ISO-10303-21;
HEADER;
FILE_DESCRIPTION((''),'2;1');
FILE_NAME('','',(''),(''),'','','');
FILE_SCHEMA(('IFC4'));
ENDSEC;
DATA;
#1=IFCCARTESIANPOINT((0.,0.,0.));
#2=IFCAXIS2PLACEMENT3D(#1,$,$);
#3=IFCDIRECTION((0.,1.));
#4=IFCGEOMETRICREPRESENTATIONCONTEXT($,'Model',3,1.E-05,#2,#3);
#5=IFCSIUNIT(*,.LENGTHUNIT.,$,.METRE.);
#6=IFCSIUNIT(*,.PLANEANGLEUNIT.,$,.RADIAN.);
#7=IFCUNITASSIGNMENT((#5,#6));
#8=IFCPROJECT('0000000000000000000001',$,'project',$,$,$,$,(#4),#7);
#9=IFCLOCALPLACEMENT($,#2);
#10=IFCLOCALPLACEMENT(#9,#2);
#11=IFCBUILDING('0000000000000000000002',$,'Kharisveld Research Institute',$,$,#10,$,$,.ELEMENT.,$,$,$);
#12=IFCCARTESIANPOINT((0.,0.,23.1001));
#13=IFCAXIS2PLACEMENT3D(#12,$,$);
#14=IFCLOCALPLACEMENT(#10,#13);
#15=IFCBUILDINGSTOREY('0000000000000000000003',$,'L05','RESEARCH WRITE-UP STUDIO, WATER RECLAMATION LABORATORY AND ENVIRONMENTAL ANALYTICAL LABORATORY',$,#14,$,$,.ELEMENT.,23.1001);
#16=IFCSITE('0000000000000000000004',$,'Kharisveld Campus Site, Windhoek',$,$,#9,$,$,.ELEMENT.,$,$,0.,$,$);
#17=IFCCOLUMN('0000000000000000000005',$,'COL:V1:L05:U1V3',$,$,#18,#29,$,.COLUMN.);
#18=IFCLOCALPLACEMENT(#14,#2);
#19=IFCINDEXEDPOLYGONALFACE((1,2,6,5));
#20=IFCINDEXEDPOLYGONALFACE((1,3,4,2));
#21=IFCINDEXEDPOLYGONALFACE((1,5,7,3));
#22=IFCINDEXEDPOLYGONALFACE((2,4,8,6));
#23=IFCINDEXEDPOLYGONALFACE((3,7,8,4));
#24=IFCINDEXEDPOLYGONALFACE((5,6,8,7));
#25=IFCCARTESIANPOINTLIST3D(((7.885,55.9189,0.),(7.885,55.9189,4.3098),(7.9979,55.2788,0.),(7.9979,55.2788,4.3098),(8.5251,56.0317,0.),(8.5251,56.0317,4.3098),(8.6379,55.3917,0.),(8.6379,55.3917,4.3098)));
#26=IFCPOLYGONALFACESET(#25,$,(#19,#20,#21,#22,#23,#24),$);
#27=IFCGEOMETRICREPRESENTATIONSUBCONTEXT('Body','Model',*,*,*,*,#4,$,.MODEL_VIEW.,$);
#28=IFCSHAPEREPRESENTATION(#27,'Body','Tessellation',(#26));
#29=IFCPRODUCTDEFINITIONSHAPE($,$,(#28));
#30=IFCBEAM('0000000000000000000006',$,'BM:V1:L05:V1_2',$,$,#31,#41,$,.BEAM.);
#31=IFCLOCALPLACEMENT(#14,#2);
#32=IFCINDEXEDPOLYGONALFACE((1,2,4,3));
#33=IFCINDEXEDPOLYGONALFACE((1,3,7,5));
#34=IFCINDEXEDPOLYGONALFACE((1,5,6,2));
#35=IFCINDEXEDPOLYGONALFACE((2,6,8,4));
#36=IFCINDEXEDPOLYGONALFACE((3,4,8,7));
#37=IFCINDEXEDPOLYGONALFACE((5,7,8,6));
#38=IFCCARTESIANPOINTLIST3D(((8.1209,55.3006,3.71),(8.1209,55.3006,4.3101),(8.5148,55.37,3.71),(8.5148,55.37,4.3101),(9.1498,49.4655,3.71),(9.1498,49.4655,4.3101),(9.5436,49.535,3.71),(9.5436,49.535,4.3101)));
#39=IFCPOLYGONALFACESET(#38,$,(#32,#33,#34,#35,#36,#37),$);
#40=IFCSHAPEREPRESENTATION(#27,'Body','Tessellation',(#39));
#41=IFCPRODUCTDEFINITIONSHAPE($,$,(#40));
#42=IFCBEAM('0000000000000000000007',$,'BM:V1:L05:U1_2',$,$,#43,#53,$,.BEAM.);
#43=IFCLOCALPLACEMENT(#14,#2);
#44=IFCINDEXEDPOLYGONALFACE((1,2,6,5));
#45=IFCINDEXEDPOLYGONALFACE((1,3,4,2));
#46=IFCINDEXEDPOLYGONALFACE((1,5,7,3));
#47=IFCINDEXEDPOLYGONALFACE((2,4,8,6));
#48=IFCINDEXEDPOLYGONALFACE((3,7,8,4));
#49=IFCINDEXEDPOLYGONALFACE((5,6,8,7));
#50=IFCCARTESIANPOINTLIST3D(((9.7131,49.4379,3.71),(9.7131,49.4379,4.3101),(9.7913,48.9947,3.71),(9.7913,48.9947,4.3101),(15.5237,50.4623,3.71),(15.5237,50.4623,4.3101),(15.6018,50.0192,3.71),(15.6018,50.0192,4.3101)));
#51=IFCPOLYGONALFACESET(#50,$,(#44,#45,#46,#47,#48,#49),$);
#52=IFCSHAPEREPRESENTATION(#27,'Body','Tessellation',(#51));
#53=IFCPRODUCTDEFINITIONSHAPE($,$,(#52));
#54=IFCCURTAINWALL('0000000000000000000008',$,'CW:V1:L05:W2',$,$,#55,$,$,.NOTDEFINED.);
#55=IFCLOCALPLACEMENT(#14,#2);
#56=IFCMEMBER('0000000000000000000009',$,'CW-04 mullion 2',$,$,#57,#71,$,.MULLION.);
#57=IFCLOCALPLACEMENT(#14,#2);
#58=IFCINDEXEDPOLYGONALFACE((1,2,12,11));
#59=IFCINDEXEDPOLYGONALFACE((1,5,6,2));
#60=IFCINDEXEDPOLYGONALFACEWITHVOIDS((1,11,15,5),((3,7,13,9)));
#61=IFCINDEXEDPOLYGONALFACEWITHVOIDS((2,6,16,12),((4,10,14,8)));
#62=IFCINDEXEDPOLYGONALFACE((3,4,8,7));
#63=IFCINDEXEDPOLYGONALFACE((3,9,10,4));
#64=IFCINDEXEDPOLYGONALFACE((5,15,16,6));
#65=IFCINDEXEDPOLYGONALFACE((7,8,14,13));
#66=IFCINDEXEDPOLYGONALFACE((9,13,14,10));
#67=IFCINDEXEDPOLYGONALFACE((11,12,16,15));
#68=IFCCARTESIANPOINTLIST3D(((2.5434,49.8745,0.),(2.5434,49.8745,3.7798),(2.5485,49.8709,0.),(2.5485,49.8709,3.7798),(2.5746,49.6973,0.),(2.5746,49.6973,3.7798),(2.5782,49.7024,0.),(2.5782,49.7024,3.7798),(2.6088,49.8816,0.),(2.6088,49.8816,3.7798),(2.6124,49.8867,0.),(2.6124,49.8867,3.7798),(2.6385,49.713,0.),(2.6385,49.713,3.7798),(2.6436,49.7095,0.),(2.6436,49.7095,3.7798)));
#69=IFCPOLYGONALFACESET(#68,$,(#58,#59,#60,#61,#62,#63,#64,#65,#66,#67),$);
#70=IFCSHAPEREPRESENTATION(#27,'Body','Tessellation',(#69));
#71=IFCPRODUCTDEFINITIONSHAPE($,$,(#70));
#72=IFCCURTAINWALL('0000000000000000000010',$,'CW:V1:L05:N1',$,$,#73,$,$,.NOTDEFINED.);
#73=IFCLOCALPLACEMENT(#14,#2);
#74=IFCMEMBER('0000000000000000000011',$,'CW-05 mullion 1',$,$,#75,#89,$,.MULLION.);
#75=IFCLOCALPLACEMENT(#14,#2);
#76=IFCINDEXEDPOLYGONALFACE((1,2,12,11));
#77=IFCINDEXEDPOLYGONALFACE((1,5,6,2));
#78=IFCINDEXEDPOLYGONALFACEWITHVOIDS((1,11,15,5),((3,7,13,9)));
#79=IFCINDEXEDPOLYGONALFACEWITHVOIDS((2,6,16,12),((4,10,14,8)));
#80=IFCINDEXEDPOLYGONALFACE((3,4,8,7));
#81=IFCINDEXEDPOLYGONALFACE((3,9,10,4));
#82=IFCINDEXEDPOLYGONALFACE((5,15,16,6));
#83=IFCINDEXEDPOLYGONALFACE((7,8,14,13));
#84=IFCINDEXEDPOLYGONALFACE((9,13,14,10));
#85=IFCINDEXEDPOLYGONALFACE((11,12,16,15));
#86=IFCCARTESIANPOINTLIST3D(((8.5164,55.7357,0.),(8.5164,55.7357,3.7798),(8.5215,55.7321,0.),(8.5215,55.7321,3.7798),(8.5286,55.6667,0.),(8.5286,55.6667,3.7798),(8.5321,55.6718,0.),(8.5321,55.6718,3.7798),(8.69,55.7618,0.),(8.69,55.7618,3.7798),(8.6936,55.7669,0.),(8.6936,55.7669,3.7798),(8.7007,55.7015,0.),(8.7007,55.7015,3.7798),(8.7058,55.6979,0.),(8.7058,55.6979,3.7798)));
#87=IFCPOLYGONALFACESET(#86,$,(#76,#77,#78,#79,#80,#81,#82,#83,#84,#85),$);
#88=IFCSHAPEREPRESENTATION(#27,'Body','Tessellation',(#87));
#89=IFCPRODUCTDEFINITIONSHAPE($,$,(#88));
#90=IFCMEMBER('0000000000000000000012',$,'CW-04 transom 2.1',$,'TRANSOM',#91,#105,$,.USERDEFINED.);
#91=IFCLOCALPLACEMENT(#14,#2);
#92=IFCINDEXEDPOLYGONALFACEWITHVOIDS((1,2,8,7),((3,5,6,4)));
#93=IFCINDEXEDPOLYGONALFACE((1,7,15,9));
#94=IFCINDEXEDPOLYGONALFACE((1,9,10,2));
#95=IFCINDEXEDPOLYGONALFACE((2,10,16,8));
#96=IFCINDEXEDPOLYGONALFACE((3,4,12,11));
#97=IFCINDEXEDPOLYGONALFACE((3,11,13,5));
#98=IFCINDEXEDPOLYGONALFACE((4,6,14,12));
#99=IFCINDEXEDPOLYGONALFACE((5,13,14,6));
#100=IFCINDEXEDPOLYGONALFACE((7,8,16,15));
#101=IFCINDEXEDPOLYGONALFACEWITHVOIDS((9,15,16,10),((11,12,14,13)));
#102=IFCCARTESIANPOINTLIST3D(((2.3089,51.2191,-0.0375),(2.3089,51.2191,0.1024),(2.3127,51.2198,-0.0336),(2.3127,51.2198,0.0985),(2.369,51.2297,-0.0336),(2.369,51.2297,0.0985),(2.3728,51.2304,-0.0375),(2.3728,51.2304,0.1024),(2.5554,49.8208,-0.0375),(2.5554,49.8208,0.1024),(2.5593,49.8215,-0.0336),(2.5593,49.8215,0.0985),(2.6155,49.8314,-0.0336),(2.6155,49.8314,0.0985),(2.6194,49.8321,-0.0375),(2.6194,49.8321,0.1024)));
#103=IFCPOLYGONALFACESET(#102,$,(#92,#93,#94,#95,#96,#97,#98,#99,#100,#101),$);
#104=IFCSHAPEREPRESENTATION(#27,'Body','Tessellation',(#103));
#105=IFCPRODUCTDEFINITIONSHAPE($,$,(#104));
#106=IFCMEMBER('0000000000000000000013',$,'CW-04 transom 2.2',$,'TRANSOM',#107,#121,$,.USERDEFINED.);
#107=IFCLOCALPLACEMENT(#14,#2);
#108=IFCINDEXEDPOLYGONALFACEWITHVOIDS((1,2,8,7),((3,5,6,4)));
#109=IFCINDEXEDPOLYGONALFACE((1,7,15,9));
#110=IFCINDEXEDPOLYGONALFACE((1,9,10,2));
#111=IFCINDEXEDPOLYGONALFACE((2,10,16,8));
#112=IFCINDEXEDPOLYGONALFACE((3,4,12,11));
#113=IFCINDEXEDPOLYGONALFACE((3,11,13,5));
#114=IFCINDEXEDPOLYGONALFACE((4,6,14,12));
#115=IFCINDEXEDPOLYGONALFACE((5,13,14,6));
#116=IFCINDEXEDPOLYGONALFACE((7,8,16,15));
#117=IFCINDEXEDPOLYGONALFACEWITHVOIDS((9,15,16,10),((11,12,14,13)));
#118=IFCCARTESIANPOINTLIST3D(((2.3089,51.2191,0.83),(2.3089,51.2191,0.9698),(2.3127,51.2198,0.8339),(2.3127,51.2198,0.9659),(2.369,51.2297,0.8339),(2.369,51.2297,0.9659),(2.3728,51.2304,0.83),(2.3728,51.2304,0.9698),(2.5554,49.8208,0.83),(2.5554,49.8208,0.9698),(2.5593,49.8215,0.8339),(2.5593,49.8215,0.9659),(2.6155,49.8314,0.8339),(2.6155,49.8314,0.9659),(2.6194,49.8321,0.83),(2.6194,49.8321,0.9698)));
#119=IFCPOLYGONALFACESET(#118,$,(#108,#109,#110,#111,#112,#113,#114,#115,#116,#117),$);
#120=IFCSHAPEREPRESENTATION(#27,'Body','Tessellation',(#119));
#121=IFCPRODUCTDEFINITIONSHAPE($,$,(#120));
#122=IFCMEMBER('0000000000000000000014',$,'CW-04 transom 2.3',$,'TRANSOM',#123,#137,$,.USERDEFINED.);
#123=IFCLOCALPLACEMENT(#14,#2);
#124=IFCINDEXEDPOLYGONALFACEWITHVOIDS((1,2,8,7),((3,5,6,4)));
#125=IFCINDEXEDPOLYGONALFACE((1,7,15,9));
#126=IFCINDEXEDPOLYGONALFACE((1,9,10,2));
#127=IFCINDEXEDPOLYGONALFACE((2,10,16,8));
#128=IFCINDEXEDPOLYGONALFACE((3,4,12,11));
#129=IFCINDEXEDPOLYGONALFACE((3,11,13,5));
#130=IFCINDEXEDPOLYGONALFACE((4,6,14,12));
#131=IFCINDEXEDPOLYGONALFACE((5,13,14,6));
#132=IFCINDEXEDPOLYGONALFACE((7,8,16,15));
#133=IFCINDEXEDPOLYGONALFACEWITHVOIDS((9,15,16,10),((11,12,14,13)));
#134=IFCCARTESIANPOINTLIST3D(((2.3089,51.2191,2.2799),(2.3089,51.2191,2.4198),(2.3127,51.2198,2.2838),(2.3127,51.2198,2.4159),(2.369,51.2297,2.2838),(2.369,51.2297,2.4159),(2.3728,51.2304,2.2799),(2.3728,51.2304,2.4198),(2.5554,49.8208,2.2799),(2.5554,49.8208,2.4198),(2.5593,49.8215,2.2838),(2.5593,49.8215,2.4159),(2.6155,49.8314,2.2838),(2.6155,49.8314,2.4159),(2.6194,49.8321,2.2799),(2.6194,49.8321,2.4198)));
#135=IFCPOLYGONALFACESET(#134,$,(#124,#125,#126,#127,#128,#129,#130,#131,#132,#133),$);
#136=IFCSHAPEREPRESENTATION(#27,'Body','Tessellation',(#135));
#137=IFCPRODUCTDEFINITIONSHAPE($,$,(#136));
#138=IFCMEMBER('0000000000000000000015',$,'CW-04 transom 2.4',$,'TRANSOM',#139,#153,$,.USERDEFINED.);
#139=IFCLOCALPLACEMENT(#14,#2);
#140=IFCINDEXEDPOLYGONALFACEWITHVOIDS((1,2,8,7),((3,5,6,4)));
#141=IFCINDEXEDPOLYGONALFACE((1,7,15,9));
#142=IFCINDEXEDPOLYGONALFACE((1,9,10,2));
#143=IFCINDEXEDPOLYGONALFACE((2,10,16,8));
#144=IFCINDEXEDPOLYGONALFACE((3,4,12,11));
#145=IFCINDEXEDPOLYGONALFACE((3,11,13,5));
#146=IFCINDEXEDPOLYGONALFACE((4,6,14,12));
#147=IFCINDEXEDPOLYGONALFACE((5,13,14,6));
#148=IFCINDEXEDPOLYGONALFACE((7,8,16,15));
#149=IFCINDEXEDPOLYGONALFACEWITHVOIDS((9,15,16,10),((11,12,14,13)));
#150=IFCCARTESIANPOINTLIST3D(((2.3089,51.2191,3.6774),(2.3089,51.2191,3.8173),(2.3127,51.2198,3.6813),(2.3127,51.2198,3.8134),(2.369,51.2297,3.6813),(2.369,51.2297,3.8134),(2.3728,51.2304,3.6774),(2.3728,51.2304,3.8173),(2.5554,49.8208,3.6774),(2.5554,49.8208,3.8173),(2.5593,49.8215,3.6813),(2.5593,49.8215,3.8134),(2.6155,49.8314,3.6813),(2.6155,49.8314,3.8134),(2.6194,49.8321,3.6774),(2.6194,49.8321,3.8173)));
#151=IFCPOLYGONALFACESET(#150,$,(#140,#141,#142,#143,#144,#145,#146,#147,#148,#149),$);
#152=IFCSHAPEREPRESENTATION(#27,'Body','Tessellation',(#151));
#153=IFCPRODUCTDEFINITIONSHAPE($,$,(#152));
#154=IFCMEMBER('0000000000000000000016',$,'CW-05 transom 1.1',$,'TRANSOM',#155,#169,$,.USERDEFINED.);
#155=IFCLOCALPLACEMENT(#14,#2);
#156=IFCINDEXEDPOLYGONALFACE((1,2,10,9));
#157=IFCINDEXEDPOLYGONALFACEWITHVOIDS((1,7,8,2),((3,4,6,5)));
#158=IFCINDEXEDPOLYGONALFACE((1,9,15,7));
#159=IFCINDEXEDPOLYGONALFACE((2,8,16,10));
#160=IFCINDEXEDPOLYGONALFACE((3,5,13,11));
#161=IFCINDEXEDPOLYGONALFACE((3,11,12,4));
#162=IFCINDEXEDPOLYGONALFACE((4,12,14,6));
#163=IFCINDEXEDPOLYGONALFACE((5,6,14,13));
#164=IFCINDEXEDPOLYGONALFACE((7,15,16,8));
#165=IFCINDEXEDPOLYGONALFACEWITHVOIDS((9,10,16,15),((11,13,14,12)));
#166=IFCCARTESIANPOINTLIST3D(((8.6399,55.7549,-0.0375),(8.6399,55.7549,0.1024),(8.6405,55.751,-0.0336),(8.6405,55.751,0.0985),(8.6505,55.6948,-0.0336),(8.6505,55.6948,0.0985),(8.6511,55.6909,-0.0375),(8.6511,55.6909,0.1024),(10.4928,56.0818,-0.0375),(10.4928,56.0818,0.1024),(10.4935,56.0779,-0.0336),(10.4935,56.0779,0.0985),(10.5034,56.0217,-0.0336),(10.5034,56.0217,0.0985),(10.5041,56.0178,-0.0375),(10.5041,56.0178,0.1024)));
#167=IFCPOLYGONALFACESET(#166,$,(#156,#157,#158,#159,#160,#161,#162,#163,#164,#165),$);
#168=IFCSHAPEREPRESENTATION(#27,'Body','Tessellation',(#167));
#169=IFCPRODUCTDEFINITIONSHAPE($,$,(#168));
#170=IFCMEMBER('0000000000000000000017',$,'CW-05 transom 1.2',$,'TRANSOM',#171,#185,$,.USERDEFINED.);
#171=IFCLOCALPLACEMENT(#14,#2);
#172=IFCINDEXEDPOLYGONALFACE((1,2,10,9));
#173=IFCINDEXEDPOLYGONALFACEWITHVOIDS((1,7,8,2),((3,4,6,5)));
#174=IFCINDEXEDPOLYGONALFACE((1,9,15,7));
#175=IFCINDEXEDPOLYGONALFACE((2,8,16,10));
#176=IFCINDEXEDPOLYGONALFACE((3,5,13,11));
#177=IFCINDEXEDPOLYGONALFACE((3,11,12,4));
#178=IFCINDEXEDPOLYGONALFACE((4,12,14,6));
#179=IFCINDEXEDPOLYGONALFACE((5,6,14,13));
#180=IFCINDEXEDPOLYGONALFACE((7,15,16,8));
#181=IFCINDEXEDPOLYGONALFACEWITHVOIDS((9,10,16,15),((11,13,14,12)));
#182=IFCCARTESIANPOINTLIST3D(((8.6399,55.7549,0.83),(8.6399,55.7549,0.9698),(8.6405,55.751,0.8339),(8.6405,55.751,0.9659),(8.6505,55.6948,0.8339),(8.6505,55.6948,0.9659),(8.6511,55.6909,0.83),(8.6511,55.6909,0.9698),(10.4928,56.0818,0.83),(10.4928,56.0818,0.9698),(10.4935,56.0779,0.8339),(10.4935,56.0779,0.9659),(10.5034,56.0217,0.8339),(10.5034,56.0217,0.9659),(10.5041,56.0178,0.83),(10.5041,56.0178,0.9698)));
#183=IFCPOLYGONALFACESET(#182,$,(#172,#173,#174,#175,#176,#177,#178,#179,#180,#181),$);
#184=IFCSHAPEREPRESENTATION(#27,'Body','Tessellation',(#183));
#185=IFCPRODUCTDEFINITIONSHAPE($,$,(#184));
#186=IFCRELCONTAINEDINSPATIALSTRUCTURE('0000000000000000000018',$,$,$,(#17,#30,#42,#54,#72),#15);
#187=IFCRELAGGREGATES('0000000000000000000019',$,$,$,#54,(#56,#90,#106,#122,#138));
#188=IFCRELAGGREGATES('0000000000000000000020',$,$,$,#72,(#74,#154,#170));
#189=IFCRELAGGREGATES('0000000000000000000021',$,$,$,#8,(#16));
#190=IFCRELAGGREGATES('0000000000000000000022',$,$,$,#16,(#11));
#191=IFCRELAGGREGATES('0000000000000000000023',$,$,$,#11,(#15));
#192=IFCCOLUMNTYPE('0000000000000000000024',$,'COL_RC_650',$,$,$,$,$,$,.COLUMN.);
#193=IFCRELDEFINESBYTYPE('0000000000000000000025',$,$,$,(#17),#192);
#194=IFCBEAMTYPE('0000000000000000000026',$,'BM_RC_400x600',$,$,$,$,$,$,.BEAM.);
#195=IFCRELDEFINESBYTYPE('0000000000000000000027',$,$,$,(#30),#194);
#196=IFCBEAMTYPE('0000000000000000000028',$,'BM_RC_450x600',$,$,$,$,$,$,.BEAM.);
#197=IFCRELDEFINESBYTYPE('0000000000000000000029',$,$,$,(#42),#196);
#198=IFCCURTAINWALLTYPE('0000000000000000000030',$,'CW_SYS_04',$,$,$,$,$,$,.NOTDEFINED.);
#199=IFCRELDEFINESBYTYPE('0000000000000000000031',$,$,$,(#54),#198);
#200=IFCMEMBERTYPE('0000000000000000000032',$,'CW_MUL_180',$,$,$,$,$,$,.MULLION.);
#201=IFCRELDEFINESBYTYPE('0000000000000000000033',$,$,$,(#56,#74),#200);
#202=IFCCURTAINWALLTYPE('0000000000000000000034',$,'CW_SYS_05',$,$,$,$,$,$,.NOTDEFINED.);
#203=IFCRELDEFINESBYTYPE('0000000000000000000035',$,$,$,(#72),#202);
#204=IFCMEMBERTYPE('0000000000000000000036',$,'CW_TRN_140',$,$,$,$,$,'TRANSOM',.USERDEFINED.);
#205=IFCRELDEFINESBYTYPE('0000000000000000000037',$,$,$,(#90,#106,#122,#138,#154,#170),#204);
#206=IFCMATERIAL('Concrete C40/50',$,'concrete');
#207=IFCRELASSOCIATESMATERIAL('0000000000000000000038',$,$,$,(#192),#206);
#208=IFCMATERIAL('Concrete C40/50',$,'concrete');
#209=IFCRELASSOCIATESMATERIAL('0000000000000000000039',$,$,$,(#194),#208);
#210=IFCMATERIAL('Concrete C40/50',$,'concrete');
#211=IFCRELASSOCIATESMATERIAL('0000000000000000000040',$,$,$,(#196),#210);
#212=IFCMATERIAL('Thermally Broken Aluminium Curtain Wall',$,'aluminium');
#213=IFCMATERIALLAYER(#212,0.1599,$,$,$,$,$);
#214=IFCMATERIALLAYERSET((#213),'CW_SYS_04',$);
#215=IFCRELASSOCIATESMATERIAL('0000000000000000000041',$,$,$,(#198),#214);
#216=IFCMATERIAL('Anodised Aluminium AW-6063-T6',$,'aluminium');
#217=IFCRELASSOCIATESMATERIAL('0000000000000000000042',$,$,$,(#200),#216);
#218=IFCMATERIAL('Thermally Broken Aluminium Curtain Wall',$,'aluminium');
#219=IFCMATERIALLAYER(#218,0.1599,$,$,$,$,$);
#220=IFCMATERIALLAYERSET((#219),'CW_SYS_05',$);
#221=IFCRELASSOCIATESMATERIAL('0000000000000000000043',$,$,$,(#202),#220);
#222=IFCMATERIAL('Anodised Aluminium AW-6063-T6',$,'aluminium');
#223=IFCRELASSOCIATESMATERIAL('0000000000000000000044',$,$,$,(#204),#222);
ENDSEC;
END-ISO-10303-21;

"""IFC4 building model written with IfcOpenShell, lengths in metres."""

from ifc_helpers import new_model, si_unit, direction, frame, origin, origin_2d, place, context, subcontext, project, spatial, rectangle, hollow_rectangle, extrude, material, layer, layer_set, material_profile, profile_set, type_object, element, aggregate, save


model = new_model("IFC4")

# Units and contexts
model_context = context("Model", 3, precision=1e-05, world=origin(), true_north=direction((0.0, 1.0)))
body_context = subcontext(model_context, "Body", "Model", "MODEL_VIEW")
ifc_project = project(units=[si_unit("LENGTHUNIT", "METRE"), si_unit("PLANEANGLEUNIT", "RADIAN")], contexts=[model_context])

# Site, building, storey
site_placement = place(None, origin())
site = spatial("IfcSite", under=ifc_project, at=site_placement, Name="Kharisveld Campus Site, Windhoek", CompositionType="ELEMENT", RefElevation=0.0)
building_placement = place(site_placement, origin())
building = spatial("IfcBuilding", under=site, at=building_placement, Name="Kharisveld Research Institute", CompositionType="ELEMENT")
storey_placement = place(building_placement, frame((0.0, 0.0, 23.1001)))
storey = spatial("IfcBuildingStorey", under=building, at=storey_placement, Name="L05", Description="RESEARCH WRITE-UP STUDIO, WATER RECLAMATION LABORATORY AND ENVIRONMENTAL ANALYTICAL LABORATORY", CompositionType="ELEMENT", Elevation=23.1001)

# Column
ifc_material_1 = material(Name="Concrete C40/50", Category="concrete")
ifc_material_profile_1 = material_profile(ifc_material_1, rectangle(XDim=0.6499, YDim=0.6499, at=origin_2d()))
ifc_profile_set_1 = profile_set([ifc_material_profile_1], Name="Concrete C40/50")
column_type = type_object("IfcColumnType", Name="COL_RC_650", PredefinedType="COLUMN", material=ifc_profile_set_1)
column_placement = place(storey_placement, frame((8.2615, 55.6553, 0.0), z_axis=(0.0, 0.0, 1.0), x_axis=(0.984808, 0.173648, 0.0)))
element("IfcColumn", 1, at=column_placement, inside=storey, type_object=column_type, Name="COL:V1:L05:U1V3", PredefinedType="COLUMN", context=body_context, shape_type="SweptSolid", body=[
    extrude(rectangle(XDim=0.6499, YDim=0.6499, at=origin_2d()), origin(), (0.0, 0.0, 1.0), 4.3098),
])

# Beams
ifc_material_2 = material(Name="Concrete C40/50", Category="concrete")
ifc_material_profile_2 = material_profile(ifc_material_2, rectangle(XDim=0.3999, YDim=0.6001, at=origin_2d()))
ifc_profile_set_2 = profile_set([ifc_material_profile_2], Name="Concrete C40/50")
beam_type_1 = type_object("IfcBeamType", Name="BM_RC_400x600", PredefinedType="BEAM", material=ifc_profile_set_2)
beam_1_placement = place(storey_placement, frame((9.3467, 49.5002, 4.01), z_axis=(-0.17364, 0.984809, 0.0), x_axis=(-0.984809, -0.17364, 0.0)))
element("IfcBeam", 2, at=beam_1_placement, inside=storey, type_object=beam_type_1, Name="BM:V1:L05:V1_2", PredefinedType="BEAM", context=body_context, shape_type="SweptSolid", body=[
    extrude(rectangle(XDim=0.3999, YDim=0.6001, at=origin_2d()), origin(), (0.0, 0.0, 1.0), 5.925),
])
ifc_material_3 = material(Name="Concrete C40/50", Category="concrete")
ifc_material_profile_3 = material_profile(ifc_material_3, rectangle(XDim=0.45, YDim=0.6001, at=origin_2d()))
ifc_profile_set_3 = profile_set([ifc_material_profile_3], Name="Concrete C40/50")
beam_type_2 = type_object("IfcBeamType", Name="BM_RC_450x600", PredefinedType="BEAM", material=ifc_profile_set_3)
beam_2_placement = place(storey_placement, frame((9.7522, 49.2163, 4.01), z_axis=(0.984812, 0.173625, 0.0), x_axis=(-0.173625, 0.984812, 0.0)))
element("IfcBeam", 3, at=beam_2_placement, inside=storey, type_object=beam_type_2, Name="BM:V1:L05:U1_2", PredefinedType="BEAM", context=body_context, shape_type="SweptSolid", body=[
    extrude(rectangle(XDim=0.45, YDim=0.6001, at=origin_2d()), origin(), (0.0, 0.0, 1.0), 5.9001),
])

# Curtain walls, members
ifc_material_4 = material(Name="Thermally Broken Aluminium Curtain Wall", Category="aluminium")
ifc_layer_1 = layer(ifc_material_4, 0.1599)
ifc_layer_set_1 = layer_set([ifc_layer_1], Name="CW_SYS_04")
curtain_wall_type_1 = type_object("IfcCurtainWallType", Name="CW_SYS_04", PredefinedType="NOTDEFINED", material=ifc_layer_set_1)
curtain_wall_1_placement = place(storey_placement, origin())
curtain_wall_1 = element("IfcCurtainWall", 4, at=curtain_wall_1_placement, inside=storey, type_object=curtain_wall_type_1, Name="CW:V1:L05:W2", PredefinedType="NOTDEFINED")
ifc_material_5 = material(Name="Anodised Aluminium AW-6063-T6", Category="aluminium")
ifc_material_profile_4 = material_profile(ifc_material_5, hollow_rectangle(XDim=0.0701, YDim=0.1799, WallThickness=0.0044, at=origin_2d()))
ifc_profile_set_4 = profile_set([ifc_material_profile_4], Name="Anodised Aluminium AW-6063-T6")
member_type_1 = type_object("IfcMemberType", Name="CW_MUL_180", PredefinedType="MULLION", material=ifc_profile_set_4)
member_1_placement = place(storey_placement, frame((2.5935, 49.792, 0.0), z_axis=(0.0, 0.0, 1.0), x_axis=(-0.984808, -0.173648, 0.0)))
member_1 = element("IfcMember", 5, at=member_1_placement, type_object=member_type_1, Name="CW-04 mullion 2", PredefinedType="MULLION", context=body_context, shape_type="SweptSolid", body=[
    extrude(hollow_rectangle(XDim=0.0701, YDim=0.1799, WallThickness=0.0044, at=origin_2d()), origin(), (0.0, 0.0, 1.0), 3.7798),
])
ifc_material_6 = material(Name="Thermally Broken Aluminium Curtain Wall", Category="aluminium")
ifc_layer_2 = layer(ifc_material_6, 0.1599)
ifc_layer_set_2 = layer_set([ifc_layer_2], Name="CW_SYS_05")
curtain_wall_type_2 = type_object("IfcCurtainWallType", Name="CW_SYS_05", PredefinedType="NOTDEFINED", material=ifc_layer_set_2)
curtain_wall_2_placement = place(storey_placement, origin())
curtain_wall_2 = element("IfcCurtainWall", 6, at=curtain_wall_2_placement, inside=storey, type_object=curtain_wall_type_2, Name="CW:V1:L05:N1", PredefinedType="NOTDEFINED")
member_2_placement = place(storey_placement, frame((8.6111, 55.7168, 0.0), z_axis=(0.0, 0.0, 1.0), x_axis=(-0.173648, 0.984808, 0.0)))
member_2 = element("IfcMember", 7, at=member_2_placement, type_object=member_type_1, Name="CW-05 mullion 1", PredefinedType="MULLION", context=body_context, shape_type="SweptSolid", body=[
    extrude(hollow_rectangle(XDim=0.0701, YDim=0.1799, WallThickness=0.0044, at=origin_2d()), origin(), (0.0, 0.0, 1.0), 3.7798),
])

# Members
ifc_material_7 = material(Name="Anodised Aluminium AW-6063-T6", Category="aluminium")
ifc_material_profile_5 = material_profile(ifc_material_7, hollow_rectangle(XDim=0.0649, YDim=0.1399, WallThickness=0.0039, at=origin_2d()))
ifc_profile_set_5 = profile_set([ifc_material_profile_5], Name="Anodised Aluminium AW-6063-T6")
member_type_2 = type_object("IfcMemberType", Name="CW_TRN_140", ElementType="TRANSOM", PredefinedType="USERDEFINED", material=ifc_profile_set_5)
member_3_placement = place(storey_placement, frame((2.5874, 49.8264, 0.0325), z_axis=(-0.173648, 0.984808, 0.0), x_axis=(-0.984808, -0.173648, 0.0)))
member_3 = element("IfcMember", 8, at=member_3_placement, type_object=member_type_2, Name="CW-04 transom 2.1", ObjectType="TRANSOM", PredefinedType="USERDEFINED", context=body_context, shape_type="SweptSolid", body=[
    extrude(hollow_rectangle(XDim=0.0649, YDim=0.1399, WallThickness=0.0039, at=origin_2d()), origin(), (0.0, 0.0, 1.0), 1.4199),
])
member_4_placement = place(storey_placement, frame((2.5874, 49.8264, 0.8999), z_axis=(-0.173648, 0.984808, 0.0), x_axis=(-0.984808, -0.173648, 0.0)))
member_4 = element("IfcMember", 9, at=member_4_placement, type_object=member_type_2, Name="CW-04 transom 2.2", ObjectType="TRANSOM", PredefinedType="USERDEFINED", context=body_context, shape_type="SweptSolid", body=[
    extrude(hollow_rectangle(XDim=0.0649, YDim=0.1399, WallThickness=0.0039, at=origin_2d()), origin(), (0.0, 0.0, 1.0), 1.4199),
])
member_5_placement = place(storey_placement, frame((2.5874, 49.8264, 2.3499), z_axis=(-0.173648, 0.984808, 0.0), x_axis=(-0.984808, -0.173648, 0.0)))
member_5 = element("IfcMember", 10, at=member_5_placement, type_object=member_type_2, Name="CW-04 transom 2.3", ObjectType="TRANSOM", PredefinedType="USERDEFINED", context=body_context, shape_type="SweptSolid", body=[
    extrude(hollow_rectangle(XDim=0.0649, YDim=0.1399, WallThickness=0.0039, at=origin_2d()), origin(), (0.0, 0.0, 1.0), 1.4199),
])
member_6_placement = place(storey_placement, frame((2.5874, 49.8264, 3.7473), z_axis=(-0.173648, 0.984808, 0.0), x_axis=(-0.984808, -0.173648, 0.0)))
member_6 = element("IfcMember", 11, at=member_6_placement, type_object=member_type_2, Name="CW-04 transom 2.4", ObjectType="TRANSOM", PredefinedType="USERDEFINED", context=body_context, shape_type="SweptSolid", body=[
    extrude(hollow_rectangle(XDim=0.0649, YDim=0.1399, WallThickness=0.0039, at=origin_2d()), origin(), (0.0, 0.0, 1.0), 1.4199),
])
aggregate(curtain_wall_1, [member_1, member_3, member_4, member_5, member_6])
member_7_placement = place(storey_placement, frame((8.6455, 55.7229, 0.0325), z_axis=(0.984793, 0.173734, 0.0), x_axis=(-0.173734, 0.984793, 0.0)))
member_7 = element("IfcMember", 12, at=member_7_placement, type_object=member_type_2, Name="CW-05 transom 1.1", ObjectType="TRANSOM", PredefinedType="USERDEFINED", context=body_context, shape_type="SweptSolid", body=[
    extrude(hollow_rectangle(XDim=0.0649, YDim=0.1399, WallThickness=0.0039, at=origin_2d()), origin(), (0.0, 0.0, 1.0), 1.8816),
])
member_8_placement = place(storey_placement, frame((8.6455, 55.7229, 0.8999), z_axis=(0.984793, 0.173734, 0.0), x_axis=(-0.173734, 0.984793, 0.0)))
member_8 = element("IfcMember", 13, at=member_8_placement, type_object=member_type_2, Name="CW-05 transom 1.2", ObjectType="TRANSOM", PredefinedType="USERDEFINED", context=body_context, shape_type="SweptSolid", body=[
    extrude(hollow_rectangle(XDim=0.0649, YDim=0.1399, WallThickness=0.0039, at=origin_2d()), origin(), (0.0, 0.0, 1.0), 1.8816),
])

aggregate(curtain_wall_2, [member_2, member_7, member_8])

save(model, "model.ifc")
